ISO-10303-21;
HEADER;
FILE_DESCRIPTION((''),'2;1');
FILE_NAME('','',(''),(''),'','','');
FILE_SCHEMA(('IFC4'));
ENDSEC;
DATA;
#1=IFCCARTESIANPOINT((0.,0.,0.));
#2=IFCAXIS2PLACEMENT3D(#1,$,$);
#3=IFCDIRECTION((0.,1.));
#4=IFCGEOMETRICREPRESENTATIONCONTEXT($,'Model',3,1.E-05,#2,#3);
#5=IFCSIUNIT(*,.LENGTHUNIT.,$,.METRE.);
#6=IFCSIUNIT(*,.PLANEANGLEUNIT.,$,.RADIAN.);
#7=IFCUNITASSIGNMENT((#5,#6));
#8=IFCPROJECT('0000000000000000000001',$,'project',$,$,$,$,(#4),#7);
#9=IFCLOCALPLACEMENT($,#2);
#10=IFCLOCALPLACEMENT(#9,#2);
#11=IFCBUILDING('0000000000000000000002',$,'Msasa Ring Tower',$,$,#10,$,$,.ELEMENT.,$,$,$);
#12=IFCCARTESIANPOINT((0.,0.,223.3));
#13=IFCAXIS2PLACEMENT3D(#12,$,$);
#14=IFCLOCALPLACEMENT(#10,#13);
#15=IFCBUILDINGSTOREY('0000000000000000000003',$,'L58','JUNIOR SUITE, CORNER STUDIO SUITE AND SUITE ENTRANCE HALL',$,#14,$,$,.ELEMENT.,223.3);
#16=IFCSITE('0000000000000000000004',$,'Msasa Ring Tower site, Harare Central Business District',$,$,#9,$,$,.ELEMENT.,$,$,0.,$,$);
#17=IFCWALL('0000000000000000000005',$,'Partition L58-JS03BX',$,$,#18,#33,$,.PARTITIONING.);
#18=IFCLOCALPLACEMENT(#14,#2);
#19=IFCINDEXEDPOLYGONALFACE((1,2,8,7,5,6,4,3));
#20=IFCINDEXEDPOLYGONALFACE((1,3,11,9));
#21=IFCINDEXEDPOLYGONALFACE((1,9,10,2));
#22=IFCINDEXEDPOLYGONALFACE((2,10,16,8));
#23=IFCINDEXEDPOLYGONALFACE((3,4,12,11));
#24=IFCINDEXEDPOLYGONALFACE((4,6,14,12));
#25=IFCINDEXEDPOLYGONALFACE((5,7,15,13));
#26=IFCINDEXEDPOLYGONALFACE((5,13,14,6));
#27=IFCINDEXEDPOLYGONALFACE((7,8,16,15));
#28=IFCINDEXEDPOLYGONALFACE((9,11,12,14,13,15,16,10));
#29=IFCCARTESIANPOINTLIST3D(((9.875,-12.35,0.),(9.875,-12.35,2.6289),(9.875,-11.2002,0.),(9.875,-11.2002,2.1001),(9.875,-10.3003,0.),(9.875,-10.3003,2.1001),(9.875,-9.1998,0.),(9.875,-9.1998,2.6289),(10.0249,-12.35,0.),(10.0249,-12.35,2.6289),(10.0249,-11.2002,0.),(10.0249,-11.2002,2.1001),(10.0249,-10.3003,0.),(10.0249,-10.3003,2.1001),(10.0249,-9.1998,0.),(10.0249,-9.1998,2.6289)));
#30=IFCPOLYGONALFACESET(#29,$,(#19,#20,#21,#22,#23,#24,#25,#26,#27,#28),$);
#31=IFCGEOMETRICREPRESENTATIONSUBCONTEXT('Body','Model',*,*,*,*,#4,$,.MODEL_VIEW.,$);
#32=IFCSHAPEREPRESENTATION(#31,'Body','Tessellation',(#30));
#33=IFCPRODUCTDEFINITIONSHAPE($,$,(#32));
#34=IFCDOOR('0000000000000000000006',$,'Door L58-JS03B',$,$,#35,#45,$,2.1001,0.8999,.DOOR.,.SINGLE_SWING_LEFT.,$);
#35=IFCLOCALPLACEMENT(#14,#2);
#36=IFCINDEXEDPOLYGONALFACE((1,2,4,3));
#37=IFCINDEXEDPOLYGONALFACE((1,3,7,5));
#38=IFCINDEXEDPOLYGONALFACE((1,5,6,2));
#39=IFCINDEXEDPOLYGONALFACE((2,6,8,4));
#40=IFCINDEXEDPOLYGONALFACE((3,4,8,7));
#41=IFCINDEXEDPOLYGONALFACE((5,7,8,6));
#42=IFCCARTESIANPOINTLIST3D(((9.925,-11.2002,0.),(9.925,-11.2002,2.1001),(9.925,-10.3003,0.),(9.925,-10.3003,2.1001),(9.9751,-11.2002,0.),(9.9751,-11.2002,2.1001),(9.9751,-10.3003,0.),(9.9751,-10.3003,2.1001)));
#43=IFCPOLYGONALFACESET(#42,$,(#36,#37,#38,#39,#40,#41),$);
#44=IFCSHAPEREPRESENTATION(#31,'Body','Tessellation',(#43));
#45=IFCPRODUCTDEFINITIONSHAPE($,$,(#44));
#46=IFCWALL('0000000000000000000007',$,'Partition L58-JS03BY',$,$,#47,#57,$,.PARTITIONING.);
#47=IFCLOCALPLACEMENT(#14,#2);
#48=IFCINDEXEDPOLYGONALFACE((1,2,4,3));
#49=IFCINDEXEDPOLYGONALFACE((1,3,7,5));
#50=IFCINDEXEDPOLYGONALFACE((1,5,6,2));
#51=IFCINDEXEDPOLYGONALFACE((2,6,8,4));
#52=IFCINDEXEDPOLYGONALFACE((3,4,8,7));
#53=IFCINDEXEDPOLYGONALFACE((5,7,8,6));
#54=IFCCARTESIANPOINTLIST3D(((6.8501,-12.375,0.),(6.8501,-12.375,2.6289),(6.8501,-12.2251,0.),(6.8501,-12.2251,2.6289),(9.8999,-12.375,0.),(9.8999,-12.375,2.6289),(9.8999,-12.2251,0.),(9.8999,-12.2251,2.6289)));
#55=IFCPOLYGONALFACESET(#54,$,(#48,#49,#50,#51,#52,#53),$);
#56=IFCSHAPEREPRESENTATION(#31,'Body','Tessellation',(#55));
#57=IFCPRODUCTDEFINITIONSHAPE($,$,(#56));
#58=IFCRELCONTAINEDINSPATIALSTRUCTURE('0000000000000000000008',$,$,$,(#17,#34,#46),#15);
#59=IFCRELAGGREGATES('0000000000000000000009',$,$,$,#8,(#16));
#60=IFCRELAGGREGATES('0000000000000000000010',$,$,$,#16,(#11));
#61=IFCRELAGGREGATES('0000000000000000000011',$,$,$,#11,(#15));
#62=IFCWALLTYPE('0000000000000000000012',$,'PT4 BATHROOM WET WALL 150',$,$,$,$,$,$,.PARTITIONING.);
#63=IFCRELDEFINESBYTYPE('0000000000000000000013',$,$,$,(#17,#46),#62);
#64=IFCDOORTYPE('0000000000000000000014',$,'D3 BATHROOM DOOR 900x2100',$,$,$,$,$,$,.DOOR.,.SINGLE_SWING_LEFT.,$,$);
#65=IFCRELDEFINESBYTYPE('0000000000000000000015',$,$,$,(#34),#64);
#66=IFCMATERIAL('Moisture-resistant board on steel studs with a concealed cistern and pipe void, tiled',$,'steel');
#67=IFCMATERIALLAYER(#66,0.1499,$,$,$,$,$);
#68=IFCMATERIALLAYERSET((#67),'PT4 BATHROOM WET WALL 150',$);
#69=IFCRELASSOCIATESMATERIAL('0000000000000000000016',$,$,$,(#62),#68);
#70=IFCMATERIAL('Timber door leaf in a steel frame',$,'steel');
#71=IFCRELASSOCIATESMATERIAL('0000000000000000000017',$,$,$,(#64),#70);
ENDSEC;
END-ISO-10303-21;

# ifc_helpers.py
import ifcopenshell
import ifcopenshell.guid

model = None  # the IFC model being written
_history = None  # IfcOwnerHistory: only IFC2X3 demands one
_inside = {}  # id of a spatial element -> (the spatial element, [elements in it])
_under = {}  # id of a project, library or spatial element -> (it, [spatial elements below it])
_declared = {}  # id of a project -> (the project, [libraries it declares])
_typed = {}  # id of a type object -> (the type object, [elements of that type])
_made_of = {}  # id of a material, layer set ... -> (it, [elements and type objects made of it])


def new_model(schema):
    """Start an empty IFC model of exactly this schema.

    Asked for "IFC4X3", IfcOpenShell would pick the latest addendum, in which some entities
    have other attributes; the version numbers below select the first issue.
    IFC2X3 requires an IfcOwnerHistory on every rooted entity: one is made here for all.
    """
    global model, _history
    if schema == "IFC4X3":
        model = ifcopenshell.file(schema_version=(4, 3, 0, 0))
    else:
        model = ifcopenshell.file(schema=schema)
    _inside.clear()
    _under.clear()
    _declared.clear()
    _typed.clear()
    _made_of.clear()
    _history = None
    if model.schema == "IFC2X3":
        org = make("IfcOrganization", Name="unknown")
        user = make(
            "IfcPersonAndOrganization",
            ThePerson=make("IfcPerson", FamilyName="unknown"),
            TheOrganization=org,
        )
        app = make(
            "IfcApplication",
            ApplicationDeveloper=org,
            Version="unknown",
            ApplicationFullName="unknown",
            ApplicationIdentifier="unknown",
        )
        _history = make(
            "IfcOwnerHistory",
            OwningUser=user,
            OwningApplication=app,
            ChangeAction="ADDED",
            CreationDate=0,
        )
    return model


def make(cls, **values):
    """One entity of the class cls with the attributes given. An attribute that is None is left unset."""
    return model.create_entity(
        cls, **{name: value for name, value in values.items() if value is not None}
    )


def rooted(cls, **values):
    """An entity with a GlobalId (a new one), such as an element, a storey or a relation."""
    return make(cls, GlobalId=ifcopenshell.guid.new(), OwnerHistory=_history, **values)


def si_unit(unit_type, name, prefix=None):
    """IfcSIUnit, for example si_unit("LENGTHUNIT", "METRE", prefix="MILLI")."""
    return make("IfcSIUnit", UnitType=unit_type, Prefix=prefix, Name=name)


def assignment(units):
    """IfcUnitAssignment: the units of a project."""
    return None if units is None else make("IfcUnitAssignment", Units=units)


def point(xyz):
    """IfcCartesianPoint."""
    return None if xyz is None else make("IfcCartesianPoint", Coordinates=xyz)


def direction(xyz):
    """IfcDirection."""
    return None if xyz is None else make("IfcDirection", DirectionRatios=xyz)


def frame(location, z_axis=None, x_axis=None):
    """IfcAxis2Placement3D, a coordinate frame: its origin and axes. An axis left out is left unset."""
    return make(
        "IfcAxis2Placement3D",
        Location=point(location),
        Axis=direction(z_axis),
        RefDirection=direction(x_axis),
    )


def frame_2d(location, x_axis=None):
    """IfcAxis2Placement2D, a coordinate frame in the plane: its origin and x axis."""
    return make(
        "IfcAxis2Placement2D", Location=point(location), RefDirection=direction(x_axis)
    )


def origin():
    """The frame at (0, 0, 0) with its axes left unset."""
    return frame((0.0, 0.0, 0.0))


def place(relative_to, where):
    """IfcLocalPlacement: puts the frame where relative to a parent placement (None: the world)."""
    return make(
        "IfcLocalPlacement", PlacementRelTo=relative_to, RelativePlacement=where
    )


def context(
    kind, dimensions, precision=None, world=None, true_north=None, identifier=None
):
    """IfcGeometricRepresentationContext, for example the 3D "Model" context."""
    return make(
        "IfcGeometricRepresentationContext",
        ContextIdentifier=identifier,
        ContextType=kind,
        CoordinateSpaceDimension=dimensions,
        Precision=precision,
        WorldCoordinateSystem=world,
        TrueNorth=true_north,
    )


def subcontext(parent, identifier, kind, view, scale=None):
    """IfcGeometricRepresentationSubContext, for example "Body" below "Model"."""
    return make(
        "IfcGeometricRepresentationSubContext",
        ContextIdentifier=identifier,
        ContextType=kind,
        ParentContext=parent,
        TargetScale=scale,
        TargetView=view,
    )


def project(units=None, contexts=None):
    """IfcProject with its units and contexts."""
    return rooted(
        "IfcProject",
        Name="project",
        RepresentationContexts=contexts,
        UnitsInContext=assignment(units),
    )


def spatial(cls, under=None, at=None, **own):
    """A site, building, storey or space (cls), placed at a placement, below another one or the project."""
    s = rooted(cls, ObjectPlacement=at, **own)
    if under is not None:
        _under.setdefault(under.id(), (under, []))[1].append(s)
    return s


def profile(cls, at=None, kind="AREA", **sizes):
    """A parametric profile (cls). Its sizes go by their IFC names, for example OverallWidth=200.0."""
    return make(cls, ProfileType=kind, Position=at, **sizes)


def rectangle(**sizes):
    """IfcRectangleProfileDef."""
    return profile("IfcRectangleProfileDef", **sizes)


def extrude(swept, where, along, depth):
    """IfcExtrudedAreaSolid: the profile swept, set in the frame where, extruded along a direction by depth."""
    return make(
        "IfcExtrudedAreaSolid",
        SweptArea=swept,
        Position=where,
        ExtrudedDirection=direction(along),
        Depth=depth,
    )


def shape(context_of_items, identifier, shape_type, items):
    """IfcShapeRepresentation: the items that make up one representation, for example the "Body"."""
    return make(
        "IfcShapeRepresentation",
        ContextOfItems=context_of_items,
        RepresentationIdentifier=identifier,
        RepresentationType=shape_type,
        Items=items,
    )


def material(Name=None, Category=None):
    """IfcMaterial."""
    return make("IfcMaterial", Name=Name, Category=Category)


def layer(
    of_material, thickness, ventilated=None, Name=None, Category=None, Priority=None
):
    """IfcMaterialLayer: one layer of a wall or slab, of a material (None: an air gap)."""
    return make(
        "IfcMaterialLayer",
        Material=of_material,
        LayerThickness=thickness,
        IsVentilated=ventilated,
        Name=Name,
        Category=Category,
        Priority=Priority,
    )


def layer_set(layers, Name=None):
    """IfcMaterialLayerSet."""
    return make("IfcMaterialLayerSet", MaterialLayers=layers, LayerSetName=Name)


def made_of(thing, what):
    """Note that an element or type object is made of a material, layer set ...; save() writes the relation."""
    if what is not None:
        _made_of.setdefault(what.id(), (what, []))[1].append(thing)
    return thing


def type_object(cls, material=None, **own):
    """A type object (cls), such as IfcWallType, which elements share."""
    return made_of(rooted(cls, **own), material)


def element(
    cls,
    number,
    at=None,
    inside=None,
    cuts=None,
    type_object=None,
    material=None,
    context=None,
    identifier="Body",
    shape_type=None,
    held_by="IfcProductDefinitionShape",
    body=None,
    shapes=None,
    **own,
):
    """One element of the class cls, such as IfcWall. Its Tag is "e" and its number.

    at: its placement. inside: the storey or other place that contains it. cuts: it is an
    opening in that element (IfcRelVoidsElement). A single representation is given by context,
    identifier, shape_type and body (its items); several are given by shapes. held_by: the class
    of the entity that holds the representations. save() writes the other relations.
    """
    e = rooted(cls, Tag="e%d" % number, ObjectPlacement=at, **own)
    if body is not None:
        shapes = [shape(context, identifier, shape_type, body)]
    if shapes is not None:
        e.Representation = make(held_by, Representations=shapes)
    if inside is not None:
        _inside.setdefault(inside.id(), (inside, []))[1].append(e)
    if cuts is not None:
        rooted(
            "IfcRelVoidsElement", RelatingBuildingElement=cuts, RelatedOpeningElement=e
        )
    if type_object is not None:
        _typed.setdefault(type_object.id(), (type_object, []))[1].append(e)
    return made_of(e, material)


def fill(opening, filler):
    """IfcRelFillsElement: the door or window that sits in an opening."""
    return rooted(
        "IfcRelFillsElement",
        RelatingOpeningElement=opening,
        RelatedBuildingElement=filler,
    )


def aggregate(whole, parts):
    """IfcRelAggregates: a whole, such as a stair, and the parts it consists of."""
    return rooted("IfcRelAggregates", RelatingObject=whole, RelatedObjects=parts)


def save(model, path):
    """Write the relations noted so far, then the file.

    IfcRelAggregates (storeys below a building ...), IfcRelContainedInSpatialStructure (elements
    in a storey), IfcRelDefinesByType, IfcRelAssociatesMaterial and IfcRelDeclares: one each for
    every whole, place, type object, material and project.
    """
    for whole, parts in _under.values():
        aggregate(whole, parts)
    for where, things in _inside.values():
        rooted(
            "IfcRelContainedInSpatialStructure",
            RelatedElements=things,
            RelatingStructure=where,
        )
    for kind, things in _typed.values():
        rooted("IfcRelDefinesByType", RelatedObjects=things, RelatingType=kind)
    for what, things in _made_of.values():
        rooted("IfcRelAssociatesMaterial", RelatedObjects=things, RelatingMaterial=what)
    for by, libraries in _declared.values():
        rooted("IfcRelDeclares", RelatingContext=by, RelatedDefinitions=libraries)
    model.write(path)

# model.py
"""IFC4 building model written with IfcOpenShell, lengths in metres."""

from ifc_helpers import new_model, si_unit, direction, frame, frame_2d, origin, place, context, subcontext, project, spatial, rectangle, extrude, material, layer, layer_set, type_object, element, fill, save


model = new_model("IFC4")

# Units and contexts
model_context = context("Model", 3, precision=1e-05, world=origin(), true_north=direction((0.0, 1.0)))
body_context = subcontext(model_context, "Body", "Model", "MODEL_VIEW")
ifc_project = project(units=[si_unit("LENGTHUNIT", "METRE"), si_unit("PLANEANGLEUNIT", "RADIAN")], contexts=[model_context])

# Site, building, storey
site_placement = place(None, origin())
site = spatial("IfcSite", under=ifc_project, at=site_placement, Name="Msasa Ring Tower site, Harare Central Business District", CompositionType="ELEMENT", RefElevation=0.0)
building_placement = place(site_placement, origin())
building = spatial("IfcBuilding", under=site, at=building_placement, Name="Msasa Ring Tower", CompositionType="ELEMENT")
storey_placement = place(building_placement, frame((0.0, 0.0, 223.3)))
storey = spatial("IfcBuildingStorey", under=building, at=storey_placement, Name="L58", Description="JUNIOR SUITE, CORNER STUDIO SUITE AND SUITE ENTRANCE HALL", CompositionType="ELEMENT", Elevation=223.3)

# Shared definitions
ifc_material_1 = material(Name="Moisture-resistant board on steel studs with a concealed cistern and pipe void, tiled", Category="steel")
ifc_layer_1 = layer(ifc_material_1, 0.1499)
ifc_layer_set_1 = layer_set([ifc_layer_1], Name="PT4 BATHROOM WET WALL 150")
wall_type_1 = type_object("IfcWallType", Name="PT4 BATHROOM WET WALL 150", PredefinedType="PARTITIONING", material=ifc_layer_set_1)
ifc_material_2 = material(Name="Timber door leaf in a steel frame", Category="steel")
door_type = type_object("IfcDoorType", Name="D3 BATHROOM DOOR 900x2100", OperationType="SINGLE_SWING_LEFT", PredefinedType="DOOR", material=ifc_material_2)

# Wall, opening, door
wall_1_placement = place(storey_placement, frame((9.95, -12.3501, 0.0), z_axis=(0.0, 0.0, 1.0), x_axis=(0.0, 1.0, 0.0)))
wall_1 = element("IfcWall", 1, at=wall_1_placement, inside=storey, type_object=wall_type_1, Name="Partition L58-JS03BX", PredefinedType="PARTITIONING", context=body_context, shape_type="SweptSolid", body=[
    extrude(rectangle(XDim=3.1501, YDim=0.1499, at=frame_2d((1.5752, 0.0))), origin(), (0.0, 0.0, 1.0), 2.6289),
])
opening_1_placement = place(wall_1_placement, frame((1.1499, 0.0, 0.0)))
opening_1 = element("IfcOpeningElement", 2, at=opening_1_placement, cuts=wall_1, PredefinedType="OPENING", context=body_context, shape_type="SweptSolid", body=[
    extrude(rectangle(XDim=0.8999, YDim=2.1001, at=frame_2d((0.45, 1.05))), frame((0.0, 0.085, 0.0), z_axis=(0.0, -1.0, 0.0), x_axis=(1.0, 0.0, 0.0)), (0.0, 0.0, 1.0), 0.1699),
])
door_1_placement = place(opening_1_placement, origin())
door_1 = element("IfcDoor", 3, at=door_1_placement, inside=storey, type_object=door_type, Name="Door L58-JS03B", OperationType="SINGLE_SWING_LEFT", OverallHeight=2.1001, OverallWidth=0.8999, PredefinedType="DOOR", context=body_context, shape_type="SweptSolid", body=[
    extrude(rectangle(XDim=0.8999, YDim=2.1001, at=frame_2d((0.45, 1.05))), frame((0.0, 0.0249, 0.0), z_axis=(0.0, -1.0, 0.0), x_axis=(1.0, 0.0, 0.0)), (0.0, 0.0, 1.0), 0.05),
])
fill(opening_1, door_1)

# Wall
wall_2_placement = place(storey_placement, frame((6.8501, -12.3, 0.0), z_axis=(0.0, 0.0, 1.0), x_axis=(1.0, 0.0, 0.0)))
element("IfcWall", 4, at=wall_2_placement, inside=storey, type_object=wall_type_1, Name="Partition L58-JS03BY", PredefinedType="PARTITIONING", context=body_context, shape_type="SweptSolid", body=[
    extrude(rectangle(XDim=3.0498, YDim=0.1499, at=frame_2d((1.5249, 0.0))), origin(), (0.0, 0.0, 1.0), 2.6289),
])

save(model, "model.ifc")
